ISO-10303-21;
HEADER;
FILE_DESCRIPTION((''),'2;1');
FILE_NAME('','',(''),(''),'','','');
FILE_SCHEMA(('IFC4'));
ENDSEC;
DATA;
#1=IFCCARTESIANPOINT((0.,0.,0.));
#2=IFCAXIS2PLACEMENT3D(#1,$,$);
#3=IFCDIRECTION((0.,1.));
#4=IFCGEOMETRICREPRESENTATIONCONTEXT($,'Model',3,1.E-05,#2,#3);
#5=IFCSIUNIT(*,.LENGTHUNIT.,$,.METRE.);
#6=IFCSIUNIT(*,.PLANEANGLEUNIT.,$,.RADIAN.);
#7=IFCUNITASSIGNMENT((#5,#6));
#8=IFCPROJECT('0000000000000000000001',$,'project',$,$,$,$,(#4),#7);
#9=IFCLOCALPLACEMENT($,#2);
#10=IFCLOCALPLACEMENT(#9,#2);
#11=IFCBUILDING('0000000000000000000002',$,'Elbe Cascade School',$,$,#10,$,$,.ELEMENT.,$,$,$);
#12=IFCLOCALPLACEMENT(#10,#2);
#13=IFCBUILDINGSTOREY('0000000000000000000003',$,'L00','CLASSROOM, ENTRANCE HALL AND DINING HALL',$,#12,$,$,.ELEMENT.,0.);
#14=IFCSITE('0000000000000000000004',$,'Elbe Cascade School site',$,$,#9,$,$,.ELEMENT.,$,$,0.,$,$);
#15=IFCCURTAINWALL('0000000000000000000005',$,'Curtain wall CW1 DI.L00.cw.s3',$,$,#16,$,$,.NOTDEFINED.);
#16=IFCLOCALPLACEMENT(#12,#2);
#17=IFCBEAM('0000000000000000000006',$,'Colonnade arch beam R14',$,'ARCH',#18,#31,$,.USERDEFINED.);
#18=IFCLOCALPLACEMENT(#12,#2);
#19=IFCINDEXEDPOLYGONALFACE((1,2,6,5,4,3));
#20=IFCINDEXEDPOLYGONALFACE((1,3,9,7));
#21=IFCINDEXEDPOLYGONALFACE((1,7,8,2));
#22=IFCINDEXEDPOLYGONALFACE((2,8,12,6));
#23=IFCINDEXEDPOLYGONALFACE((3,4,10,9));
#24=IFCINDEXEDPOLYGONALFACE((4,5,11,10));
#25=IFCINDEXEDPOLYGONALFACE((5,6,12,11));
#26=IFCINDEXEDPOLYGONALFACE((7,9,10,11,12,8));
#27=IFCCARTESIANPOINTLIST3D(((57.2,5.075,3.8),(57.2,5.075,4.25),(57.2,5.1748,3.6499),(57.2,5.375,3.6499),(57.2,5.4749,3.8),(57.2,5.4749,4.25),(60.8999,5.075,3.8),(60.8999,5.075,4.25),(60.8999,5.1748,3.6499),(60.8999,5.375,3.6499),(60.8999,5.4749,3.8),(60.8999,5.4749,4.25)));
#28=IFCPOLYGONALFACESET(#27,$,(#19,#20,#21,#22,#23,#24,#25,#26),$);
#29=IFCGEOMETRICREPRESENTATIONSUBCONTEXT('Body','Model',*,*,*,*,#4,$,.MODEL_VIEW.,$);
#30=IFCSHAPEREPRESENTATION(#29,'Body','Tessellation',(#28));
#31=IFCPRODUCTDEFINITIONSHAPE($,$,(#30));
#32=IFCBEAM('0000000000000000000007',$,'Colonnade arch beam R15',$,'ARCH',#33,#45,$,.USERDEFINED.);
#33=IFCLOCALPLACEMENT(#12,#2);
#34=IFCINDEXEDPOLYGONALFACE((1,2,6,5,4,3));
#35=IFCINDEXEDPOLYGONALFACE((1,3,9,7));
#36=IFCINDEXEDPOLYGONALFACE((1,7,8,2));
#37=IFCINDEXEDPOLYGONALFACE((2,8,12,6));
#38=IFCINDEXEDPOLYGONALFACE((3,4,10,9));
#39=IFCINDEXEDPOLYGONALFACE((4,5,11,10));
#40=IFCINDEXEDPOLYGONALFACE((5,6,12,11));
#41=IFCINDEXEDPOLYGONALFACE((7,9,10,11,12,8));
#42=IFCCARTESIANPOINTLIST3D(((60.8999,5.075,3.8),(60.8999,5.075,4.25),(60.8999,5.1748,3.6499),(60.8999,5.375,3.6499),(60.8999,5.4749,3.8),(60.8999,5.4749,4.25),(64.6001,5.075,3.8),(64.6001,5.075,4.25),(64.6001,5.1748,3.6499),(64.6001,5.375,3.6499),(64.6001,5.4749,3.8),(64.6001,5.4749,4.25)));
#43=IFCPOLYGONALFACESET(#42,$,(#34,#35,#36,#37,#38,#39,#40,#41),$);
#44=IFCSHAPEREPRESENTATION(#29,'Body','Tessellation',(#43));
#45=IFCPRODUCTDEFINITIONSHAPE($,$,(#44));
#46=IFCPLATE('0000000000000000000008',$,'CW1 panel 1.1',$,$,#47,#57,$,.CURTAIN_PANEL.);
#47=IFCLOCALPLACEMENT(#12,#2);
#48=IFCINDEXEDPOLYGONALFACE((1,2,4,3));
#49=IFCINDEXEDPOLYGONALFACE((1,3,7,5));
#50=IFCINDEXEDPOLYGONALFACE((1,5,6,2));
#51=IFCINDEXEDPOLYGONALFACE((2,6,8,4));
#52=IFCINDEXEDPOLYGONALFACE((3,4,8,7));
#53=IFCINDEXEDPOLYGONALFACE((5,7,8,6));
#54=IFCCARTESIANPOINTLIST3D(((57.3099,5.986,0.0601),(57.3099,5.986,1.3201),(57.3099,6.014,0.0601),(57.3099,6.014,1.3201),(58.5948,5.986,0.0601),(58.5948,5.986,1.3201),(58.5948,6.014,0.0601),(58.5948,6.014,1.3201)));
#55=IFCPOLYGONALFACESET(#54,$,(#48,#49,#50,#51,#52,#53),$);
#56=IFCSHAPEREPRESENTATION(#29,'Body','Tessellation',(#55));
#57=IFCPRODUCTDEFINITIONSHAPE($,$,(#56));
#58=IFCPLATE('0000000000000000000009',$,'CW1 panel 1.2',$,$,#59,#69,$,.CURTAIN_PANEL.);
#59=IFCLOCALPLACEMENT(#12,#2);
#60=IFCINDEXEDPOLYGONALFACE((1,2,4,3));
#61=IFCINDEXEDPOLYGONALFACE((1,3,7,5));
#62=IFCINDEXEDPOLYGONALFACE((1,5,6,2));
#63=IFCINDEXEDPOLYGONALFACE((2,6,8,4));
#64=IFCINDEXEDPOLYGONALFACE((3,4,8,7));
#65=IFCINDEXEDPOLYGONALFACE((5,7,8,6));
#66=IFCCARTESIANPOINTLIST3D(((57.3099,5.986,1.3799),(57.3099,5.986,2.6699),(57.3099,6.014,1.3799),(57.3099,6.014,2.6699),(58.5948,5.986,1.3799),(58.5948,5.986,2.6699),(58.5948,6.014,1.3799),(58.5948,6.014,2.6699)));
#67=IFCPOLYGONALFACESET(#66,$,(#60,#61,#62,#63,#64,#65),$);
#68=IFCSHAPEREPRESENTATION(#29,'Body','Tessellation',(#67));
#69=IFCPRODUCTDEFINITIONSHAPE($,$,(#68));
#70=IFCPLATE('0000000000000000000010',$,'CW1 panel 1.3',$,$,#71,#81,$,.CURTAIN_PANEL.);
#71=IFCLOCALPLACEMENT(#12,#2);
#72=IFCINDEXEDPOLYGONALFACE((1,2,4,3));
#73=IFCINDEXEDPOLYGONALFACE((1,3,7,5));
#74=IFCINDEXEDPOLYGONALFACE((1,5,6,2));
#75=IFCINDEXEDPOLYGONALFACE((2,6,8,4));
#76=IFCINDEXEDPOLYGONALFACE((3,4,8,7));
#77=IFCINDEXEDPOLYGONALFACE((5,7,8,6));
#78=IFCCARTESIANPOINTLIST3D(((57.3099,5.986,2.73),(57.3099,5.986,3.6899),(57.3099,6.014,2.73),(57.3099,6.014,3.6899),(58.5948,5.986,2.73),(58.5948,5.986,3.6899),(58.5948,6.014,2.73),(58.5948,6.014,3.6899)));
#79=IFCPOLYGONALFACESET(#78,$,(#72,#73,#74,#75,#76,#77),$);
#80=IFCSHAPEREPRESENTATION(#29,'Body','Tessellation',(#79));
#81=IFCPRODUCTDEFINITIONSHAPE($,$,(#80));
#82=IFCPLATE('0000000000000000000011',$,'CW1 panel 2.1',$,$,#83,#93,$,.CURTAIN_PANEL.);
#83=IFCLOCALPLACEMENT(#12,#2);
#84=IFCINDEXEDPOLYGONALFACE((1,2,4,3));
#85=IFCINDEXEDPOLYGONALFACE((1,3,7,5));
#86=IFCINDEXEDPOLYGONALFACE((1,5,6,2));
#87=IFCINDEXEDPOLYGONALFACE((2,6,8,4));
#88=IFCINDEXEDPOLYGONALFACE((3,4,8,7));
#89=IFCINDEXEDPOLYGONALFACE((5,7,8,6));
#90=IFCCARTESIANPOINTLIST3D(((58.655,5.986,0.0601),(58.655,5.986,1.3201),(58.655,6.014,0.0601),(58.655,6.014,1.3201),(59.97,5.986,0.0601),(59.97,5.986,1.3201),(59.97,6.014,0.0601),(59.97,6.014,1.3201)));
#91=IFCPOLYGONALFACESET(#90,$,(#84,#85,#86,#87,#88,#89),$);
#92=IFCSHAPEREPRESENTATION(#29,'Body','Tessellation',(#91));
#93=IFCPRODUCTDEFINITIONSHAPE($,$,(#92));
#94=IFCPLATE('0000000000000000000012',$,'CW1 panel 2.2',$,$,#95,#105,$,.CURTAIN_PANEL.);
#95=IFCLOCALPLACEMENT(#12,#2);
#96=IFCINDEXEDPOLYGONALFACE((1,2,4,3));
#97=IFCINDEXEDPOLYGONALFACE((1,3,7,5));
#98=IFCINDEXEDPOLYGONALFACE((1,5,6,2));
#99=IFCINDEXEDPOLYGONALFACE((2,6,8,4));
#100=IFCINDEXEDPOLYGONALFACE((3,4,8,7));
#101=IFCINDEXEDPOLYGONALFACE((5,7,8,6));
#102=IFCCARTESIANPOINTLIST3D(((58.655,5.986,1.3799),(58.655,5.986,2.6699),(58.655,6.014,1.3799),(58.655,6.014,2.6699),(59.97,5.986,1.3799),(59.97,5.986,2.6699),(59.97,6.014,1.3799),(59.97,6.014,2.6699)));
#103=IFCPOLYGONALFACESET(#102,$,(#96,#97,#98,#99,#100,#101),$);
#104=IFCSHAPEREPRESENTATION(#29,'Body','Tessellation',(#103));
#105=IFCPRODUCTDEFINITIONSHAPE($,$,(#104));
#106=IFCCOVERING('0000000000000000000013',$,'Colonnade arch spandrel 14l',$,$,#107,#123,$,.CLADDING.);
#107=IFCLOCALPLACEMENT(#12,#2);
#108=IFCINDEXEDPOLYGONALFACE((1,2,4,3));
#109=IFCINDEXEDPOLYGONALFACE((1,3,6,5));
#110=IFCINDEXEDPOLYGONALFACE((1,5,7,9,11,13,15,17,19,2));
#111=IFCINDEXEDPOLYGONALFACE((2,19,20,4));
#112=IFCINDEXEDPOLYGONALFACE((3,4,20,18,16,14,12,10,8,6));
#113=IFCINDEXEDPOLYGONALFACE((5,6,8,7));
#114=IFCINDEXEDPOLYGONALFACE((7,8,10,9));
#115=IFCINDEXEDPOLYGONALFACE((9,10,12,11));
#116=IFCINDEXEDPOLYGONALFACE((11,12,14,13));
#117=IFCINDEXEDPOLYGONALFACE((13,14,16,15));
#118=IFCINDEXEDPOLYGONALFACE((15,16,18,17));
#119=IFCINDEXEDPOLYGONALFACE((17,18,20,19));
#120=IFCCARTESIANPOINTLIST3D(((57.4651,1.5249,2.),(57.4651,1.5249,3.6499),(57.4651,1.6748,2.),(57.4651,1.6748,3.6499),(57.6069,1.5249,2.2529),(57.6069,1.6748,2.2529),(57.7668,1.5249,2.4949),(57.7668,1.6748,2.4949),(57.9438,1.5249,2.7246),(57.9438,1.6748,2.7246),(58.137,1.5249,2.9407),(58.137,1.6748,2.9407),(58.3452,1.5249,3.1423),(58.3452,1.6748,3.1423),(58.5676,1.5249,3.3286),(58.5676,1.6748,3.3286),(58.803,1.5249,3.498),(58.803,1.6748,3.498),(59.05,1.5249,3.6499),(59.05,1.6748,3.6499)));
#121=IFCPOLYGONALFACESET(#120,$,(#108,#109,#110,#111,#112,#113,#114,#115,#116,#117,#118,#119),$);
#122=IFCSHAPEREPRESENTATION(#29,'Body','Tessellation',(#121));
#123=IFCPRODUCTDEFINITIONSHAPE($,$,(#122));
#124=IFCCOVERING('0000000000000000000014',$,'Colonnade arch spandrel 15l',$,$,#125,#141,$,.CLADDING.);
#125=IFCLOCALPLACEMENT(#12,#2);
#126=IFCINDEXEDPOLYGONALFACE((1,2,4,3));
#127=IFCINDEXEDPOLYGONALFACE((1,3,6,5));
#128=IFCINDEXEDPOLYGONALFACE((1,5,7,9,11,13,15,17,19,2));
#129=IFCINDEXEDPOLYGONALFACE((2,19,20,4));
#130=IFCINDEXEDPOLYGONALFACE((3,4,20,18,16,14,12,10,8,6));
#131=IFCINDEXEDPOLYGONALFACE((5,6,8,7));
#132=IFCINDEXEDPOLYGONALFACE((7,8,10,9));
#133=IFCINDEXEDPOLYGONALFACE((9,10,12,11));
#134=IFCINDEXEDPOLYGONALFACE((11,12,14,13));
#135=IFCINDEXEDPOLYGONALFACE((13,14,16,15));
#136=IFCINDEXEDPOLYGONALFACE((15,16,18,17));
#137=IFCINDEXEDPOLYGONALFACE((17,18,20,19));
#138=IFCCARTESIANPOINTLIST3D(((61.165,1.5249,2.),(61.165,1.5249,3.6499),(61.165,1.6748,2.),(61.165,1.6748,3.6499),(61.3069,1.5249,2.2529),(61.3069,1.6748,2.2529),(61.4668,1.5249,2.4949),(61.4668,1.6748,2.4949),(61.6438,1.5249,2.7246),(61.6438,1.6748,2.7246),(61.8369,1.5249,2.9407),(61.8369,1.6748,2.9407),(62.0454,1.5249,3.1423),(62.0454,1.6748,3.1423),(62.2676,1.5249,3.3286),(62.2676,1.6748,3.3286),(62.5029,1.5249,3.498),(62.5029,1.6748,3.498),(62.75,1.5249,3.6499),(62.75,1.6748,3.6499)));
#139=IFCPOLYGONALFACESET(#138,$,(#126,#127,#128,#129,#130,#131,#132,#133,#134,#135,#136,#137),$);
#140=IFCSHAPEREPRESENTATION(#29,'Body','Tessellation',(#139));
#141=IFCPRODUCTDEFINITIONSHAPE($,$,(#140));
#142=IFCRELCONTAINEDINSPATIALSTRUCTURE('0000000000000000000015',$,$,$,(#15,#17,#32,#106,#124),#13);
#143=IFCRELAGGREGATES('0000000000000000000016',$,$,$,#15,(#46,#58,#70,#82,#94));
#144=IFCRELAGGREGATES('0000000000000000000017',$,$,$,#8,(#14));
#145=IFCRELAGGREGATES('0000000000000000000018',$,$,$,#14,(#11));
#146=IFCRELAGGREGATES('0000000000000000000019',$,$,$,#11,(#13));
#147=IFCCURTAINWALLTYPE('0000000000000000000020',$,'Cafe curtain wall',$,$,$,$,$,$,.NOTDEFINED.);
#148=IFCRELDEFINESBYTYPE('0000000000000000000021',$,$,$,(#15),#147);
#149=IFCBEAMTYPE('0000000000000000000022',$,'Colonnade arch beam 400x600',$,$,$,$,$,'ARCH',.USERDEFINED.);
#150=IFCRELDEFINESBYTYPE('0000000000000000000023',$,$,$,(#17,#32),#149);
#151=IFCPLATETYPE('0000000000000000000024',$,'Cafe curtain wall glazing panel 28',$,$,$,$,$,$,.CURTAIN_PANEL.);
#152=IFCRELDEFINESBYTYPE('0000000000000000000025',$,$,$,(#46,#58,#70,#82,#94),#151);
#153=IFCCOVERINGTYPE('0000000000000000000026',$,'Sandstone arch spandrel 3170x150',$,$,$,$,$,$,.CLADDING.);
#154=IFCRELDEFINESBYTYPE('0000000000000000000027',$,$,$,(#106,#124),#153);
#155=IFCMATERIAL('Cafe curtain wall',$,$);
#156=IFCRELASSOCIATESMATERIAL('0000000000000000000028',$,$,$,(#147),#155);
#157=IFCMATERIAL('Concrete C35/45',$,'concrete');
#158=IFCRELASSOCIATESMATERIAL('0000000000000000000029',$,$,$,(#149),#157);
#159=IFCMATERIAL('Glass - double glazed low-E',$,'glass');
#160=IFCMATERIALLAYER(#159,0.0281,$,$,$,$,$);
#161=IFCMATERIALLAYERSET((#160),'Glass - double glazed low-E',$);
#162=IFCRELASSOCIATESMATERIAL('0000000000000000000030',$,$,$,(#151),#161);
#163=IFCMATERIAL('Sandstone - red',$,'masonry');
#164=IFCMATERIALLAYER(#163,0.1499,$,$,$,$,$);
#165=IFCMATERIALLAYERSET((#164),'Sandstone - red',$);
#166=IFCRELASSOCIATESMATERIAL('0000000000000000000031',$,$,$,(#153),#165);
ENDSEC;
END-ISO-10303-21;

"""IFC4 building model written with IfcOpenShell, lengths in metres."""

from ifc_helpers import new_model, si_unit, direction, frame, origin, origin_2d, place, context, subcontext, project, spatial, polyline, rectangle, outline, extrude, material, layer, layer_set, material_profile, profile_set, type_object, element, aggregate, save


model = new_model("IFC4")

# Units and contexts
model_context = context("Model", 3, precision=1e-05, world=origin(), true_north=direction((0.0, 1.0)))
body_context = subcontext(model_context, "Body", "Model", "MODEL_VIEW")
ifc_project = project(units=[si_unit("LENGTHUNIT", "METRE"), si_unit("PLANEANGLEUNIT", "RADIAN")], contexts=[model_context])

# Site, building, storey
site_placement = place(None, origin())
site = spatial("IfcSite", under=ifc_project, at=site_placement, Name="Elbe Cascade School site", CompositionType="ELEMENT", RefElevation=0.0)
building_placement = place(site_placement, origin())
building = spatial("IfcBuilding", under=site, at=building_placement, Name="Elbe Cascade School", CompositionType="ELEMENT")
storey_placement = place(building_placement, origin())
storey = spatial("IfcBuildingStorey", under=building, at=storey_placement, Name="L00", Description="CLASSROOM, ENTRANCE HALL AND DINING HALL", CompositionType="ELEMENT", Elevation=0.0)

# Curtain wall
ifc_material_1 = material(Name="Cafe curtain wall")
curtain_wall_type = type_object("IfcCurtainWallType", Name="Cafe curtain wall", PredefinedType="NOTDEFINED", material=ifc_material_1)
curtain_wall_placement = place(storey_placement, origin())
curtain_wall = element("IfcCurtainWall", 1, at=curtain_wall_placement, inside=storey, type_object=curtain_wall_type, Name="Curtain wall CW1 DI.L00.cw.s3", PredefinedType="NOTDEFINED")

# Beams
ifc_material_2 = material(Name="Concrete C35/45", Category="concrete")
ifc_material_profile_1 = material_profile(ifc_material_2, outline(polyline([(-0.2, 0.3), (0.2, 0.3), (0.2, -0.1499), (0.1001, -0.3), (-0.1001, -0.3), (-0.2, -0.1499), (-0.2, 0.3)])), Name="RC arch 400x600")
ifc_profile_set_1 = profile_set([ifc_material_profile_1], Name="Concrete C35/45")
beam_type_1 = type_object("IfcBeamType", Name="Colonnade arch beam 400x600", ElementType="ARCH", PredefinedType="USERDEFINED", material=ifc_profile_set_1)
beam_1_placement = place(storey_placement, frame((57.2, 5.2749, 3.95), z_axis=(1.0, 0.0, 0.0), x_axis=(0.0, 1.0, 0.0)))
element("IfcBeam", 2, at=beam_1_placement, inside=storey, type_object=beam_type_1, Name="Colonnade arch beam R14", ObjectType="ARCH", PredefinedType="USERDEFINED", context=body_context, shape_type="SweptSolid", body=[
    extrude(outline(polyline([(-0.2, 0.3), (0.2, 0.3), (0.2, -0.1499), (0.1001, -0.3), (-0.1001, -0.3), (-0.2, -0.1499), (-0.2, 0.3)])), origin(), (0.0, 0.0, 1.0), 3.7),
])
beam_2_placement = place(storey_placement, frame((60.8999, 5.2749, 3.95), z_axis=(1.0, 0.0, 0.0), x_axis=(0.0, 1.0, 0.0)))
element("IfcBeam", 3, at=beam_2_placement, inside=storey, type_object=beam_type_1, Name="Colonnade arch beam R15", ObjectType="ARCH", PredefinedType="USERDEFINED", context=body_context, shape_type="SweptSolid", body=[
    extrude(outline(polyline([(-0.2, 0.3), (0.2, 0.3), (0.2, -0.1499), (0.1001, -0.3), (-0.1001, -0.3), (-0.2, -0.1499), (-0.2, 0.3)])), origin(), (0.0, 0.0, 1.0), 3.7002),
])

# Plates
ifc_material_3 = material(Name="Glass - double glazed low-E", Category="glass")
ifc_layer_1 = layer(ifc_material_3, 0.0281)
ifc_layer_set_1 = layer_set([ifc_layer_1], Name="Glass - double glazed low-E")
plate_type = type_object("IfcPlateType", Name="Cafe curtain wall glazing panel 28", PredefinedType="CURTAIN_PANEL", material=ifc_layer_set_1)
plate_1_placement = place(storey_placement, frame((57.9524, 6.0, 0.0601), z_axis=(0.0, 0.0, 1.0), x_axis=(1.0, 0.0, 0.0)))
plate_1 = element("IfcPlate", 4, at=plate_1_placement, type_object=plate_type, Name="CW1 panel 1.1", PredefinedType="CURTAIN_PANEL", context=body_context, shape_type="SweptSolid", body=[
    extrude(rectangle(XDim=1.2849, YDim=0.0281, at=origin_2d()), origin(), (0.0, 0.0, 1.0), 1.26),
])
plate_2_placement = place(storey_placement, frame((57.9524, 6.0, 1.3799), z_axis=(0.0, 0.0, 1.0), x_axis=(1.0, 0.0, 0.0)))
plate_2 = element("IfcPlate", 5, at=plate_2_placement, type_object=plate_type, Name="CW1 panel 1.2", PredefinedType="CURTAIN_PANEL", context=body_context, shape_type="SweptSolid", body=[
    extrude(rectangle(XDim=1.2849, YDim=0.0281, at=origin_2d()), origin(), (0.0, 0.0, 1.0), 1.29),
])
plate_3_placement = place(storey_placement, frame((57.9524, 6.0, 2.73), z_axis=(0.0, 0.0, 1.0), x_axis=(1.0, 0.0, 0.0)))
plate_3 = element("IfcPlate", 6, at=plate_3_placement, type_object=plate_type, Name="CW1 panel 1.3", PredefinedType="CURTAIN_PANEL", context=body_context, shape_type="SweptSolid", body=[
    extrude(rectangle(XDim=1.2849, YDim=0.0281, at=origin_2d()), origin(), (0.0, 0.0, 1.0), 0.96),
])
plate_4_placement = place(storey_placement, frame((59.3125, 6.0, 0.0601), z_axis=(0.0, 0.0, 1.0), x_axis=(1.0, 0.0, 0.0)))
plate_4 = element("IfcPlate", 7, at=plate_4_placement, type_object=plate_type, Name="CW1 panel 2.1", PredefinedType="CURTAIN_PANEL", context=body_context, shape_type="SweptSolid", body=[
    extrude(rectangle(XDim=1.3149, YDim=0.0281, at=origin_2d()), origin(), (0.0, 0.0, 1.0), 1.26),
])
plate_5_placement = place(storey_placement, frame((59.3125, 6.0, 1.3799), z_axis=(0.0, 0.0, 1.0), x_axis=(1.0, 0.0, 0.0)))
plate_5 = element("IfcPlate", 8, at=plate_5_placement, type_object=plate_type, Name="CW1 panel 2.2", PredefinedType="CURTAIN_PANEL", context=body_context, shape_type="SweptSolid", body=[
    extrude(rectangle(XDim=1.3149, YDim=0.0281, at=origin_2d()), origin(), (0.0, 0.0, 1.0), 1.29),
])
aggregate(curtain_wall, [plate_1, plate_2, plate_3, plate_4, plate_5])

# Coverings
ifc_material_4 = material(Name="Sandstone - red", Category="masonry")
ifc_layer_2 = layer(ifc_material_4, 0.1499)
ifc_layer_set_2 = layer_set([ifc_layer_2], Name="Sandstone - red")
covering_type = type_object("IfcCoveringType", Name="Sandstone arch spandrel 3170x150", PredefinedType="CLADDING", material=ifc_layer_set_2)
covering_1_placement = place(storey_placement, frame((57.4651, 1.5249, 3.6499), z_axis=(0.0, -1.0, 0.0), x_axis=(0.0, 0.0, -1.0)))
element("IfcCovering", 9, at=covering_1_placement, inside=storey, type_object=covering_type, Name="Colonnade arch spandrel 14l", PredefinedType="CLADDING", context=body_context, shape_type="SweptSolid", body=[
    extrude(outline(polyline([(0.0, 0.0), (1.6499, 0.0), (1.397, 0.1418), (1.155, 0.3018), (0.9253, 0.4788), (0.7092, 0.6719), (0.5076, 0.8801), (0.3213, 1.1025), (0.1519, 1.3379), (0.0, 1.585), (0.0, 0.0)])), origin(), (0.0, 0.0, -1.0), 0.1499),
])
covering_2_placement = place(storey_placement, frame((61.165, 1.5249, 3.6499), z_axis=(0.0, -1.0, 0.0), x_axis=(0.0, 0.0, -1.0)))
element("IfcCovering", 10, at=covering_2_placement, inside=storey, type_object=covering_type, Name="Colonnade arch spandrel 15l", PredefinedType="CLADDING", context=body_context, shape_type="SweptSolid", body=[
    extrude(outline(polyline([(0.0, 0.0), (1.6499, 0.0), (1.397, 0.1418), (1.155, 0.3018), (0.9253, 0.4788), (0.7092, 0.6719), (0.5076, 0.8804), (0.3213, 1.1025), (0.1519, 1.3379), (0.0, 1.585), (0.0, 0.0)])), origin(), (0.0, 0.0, -1.0), 0.1499),
])

save(model, "model.ifc")
